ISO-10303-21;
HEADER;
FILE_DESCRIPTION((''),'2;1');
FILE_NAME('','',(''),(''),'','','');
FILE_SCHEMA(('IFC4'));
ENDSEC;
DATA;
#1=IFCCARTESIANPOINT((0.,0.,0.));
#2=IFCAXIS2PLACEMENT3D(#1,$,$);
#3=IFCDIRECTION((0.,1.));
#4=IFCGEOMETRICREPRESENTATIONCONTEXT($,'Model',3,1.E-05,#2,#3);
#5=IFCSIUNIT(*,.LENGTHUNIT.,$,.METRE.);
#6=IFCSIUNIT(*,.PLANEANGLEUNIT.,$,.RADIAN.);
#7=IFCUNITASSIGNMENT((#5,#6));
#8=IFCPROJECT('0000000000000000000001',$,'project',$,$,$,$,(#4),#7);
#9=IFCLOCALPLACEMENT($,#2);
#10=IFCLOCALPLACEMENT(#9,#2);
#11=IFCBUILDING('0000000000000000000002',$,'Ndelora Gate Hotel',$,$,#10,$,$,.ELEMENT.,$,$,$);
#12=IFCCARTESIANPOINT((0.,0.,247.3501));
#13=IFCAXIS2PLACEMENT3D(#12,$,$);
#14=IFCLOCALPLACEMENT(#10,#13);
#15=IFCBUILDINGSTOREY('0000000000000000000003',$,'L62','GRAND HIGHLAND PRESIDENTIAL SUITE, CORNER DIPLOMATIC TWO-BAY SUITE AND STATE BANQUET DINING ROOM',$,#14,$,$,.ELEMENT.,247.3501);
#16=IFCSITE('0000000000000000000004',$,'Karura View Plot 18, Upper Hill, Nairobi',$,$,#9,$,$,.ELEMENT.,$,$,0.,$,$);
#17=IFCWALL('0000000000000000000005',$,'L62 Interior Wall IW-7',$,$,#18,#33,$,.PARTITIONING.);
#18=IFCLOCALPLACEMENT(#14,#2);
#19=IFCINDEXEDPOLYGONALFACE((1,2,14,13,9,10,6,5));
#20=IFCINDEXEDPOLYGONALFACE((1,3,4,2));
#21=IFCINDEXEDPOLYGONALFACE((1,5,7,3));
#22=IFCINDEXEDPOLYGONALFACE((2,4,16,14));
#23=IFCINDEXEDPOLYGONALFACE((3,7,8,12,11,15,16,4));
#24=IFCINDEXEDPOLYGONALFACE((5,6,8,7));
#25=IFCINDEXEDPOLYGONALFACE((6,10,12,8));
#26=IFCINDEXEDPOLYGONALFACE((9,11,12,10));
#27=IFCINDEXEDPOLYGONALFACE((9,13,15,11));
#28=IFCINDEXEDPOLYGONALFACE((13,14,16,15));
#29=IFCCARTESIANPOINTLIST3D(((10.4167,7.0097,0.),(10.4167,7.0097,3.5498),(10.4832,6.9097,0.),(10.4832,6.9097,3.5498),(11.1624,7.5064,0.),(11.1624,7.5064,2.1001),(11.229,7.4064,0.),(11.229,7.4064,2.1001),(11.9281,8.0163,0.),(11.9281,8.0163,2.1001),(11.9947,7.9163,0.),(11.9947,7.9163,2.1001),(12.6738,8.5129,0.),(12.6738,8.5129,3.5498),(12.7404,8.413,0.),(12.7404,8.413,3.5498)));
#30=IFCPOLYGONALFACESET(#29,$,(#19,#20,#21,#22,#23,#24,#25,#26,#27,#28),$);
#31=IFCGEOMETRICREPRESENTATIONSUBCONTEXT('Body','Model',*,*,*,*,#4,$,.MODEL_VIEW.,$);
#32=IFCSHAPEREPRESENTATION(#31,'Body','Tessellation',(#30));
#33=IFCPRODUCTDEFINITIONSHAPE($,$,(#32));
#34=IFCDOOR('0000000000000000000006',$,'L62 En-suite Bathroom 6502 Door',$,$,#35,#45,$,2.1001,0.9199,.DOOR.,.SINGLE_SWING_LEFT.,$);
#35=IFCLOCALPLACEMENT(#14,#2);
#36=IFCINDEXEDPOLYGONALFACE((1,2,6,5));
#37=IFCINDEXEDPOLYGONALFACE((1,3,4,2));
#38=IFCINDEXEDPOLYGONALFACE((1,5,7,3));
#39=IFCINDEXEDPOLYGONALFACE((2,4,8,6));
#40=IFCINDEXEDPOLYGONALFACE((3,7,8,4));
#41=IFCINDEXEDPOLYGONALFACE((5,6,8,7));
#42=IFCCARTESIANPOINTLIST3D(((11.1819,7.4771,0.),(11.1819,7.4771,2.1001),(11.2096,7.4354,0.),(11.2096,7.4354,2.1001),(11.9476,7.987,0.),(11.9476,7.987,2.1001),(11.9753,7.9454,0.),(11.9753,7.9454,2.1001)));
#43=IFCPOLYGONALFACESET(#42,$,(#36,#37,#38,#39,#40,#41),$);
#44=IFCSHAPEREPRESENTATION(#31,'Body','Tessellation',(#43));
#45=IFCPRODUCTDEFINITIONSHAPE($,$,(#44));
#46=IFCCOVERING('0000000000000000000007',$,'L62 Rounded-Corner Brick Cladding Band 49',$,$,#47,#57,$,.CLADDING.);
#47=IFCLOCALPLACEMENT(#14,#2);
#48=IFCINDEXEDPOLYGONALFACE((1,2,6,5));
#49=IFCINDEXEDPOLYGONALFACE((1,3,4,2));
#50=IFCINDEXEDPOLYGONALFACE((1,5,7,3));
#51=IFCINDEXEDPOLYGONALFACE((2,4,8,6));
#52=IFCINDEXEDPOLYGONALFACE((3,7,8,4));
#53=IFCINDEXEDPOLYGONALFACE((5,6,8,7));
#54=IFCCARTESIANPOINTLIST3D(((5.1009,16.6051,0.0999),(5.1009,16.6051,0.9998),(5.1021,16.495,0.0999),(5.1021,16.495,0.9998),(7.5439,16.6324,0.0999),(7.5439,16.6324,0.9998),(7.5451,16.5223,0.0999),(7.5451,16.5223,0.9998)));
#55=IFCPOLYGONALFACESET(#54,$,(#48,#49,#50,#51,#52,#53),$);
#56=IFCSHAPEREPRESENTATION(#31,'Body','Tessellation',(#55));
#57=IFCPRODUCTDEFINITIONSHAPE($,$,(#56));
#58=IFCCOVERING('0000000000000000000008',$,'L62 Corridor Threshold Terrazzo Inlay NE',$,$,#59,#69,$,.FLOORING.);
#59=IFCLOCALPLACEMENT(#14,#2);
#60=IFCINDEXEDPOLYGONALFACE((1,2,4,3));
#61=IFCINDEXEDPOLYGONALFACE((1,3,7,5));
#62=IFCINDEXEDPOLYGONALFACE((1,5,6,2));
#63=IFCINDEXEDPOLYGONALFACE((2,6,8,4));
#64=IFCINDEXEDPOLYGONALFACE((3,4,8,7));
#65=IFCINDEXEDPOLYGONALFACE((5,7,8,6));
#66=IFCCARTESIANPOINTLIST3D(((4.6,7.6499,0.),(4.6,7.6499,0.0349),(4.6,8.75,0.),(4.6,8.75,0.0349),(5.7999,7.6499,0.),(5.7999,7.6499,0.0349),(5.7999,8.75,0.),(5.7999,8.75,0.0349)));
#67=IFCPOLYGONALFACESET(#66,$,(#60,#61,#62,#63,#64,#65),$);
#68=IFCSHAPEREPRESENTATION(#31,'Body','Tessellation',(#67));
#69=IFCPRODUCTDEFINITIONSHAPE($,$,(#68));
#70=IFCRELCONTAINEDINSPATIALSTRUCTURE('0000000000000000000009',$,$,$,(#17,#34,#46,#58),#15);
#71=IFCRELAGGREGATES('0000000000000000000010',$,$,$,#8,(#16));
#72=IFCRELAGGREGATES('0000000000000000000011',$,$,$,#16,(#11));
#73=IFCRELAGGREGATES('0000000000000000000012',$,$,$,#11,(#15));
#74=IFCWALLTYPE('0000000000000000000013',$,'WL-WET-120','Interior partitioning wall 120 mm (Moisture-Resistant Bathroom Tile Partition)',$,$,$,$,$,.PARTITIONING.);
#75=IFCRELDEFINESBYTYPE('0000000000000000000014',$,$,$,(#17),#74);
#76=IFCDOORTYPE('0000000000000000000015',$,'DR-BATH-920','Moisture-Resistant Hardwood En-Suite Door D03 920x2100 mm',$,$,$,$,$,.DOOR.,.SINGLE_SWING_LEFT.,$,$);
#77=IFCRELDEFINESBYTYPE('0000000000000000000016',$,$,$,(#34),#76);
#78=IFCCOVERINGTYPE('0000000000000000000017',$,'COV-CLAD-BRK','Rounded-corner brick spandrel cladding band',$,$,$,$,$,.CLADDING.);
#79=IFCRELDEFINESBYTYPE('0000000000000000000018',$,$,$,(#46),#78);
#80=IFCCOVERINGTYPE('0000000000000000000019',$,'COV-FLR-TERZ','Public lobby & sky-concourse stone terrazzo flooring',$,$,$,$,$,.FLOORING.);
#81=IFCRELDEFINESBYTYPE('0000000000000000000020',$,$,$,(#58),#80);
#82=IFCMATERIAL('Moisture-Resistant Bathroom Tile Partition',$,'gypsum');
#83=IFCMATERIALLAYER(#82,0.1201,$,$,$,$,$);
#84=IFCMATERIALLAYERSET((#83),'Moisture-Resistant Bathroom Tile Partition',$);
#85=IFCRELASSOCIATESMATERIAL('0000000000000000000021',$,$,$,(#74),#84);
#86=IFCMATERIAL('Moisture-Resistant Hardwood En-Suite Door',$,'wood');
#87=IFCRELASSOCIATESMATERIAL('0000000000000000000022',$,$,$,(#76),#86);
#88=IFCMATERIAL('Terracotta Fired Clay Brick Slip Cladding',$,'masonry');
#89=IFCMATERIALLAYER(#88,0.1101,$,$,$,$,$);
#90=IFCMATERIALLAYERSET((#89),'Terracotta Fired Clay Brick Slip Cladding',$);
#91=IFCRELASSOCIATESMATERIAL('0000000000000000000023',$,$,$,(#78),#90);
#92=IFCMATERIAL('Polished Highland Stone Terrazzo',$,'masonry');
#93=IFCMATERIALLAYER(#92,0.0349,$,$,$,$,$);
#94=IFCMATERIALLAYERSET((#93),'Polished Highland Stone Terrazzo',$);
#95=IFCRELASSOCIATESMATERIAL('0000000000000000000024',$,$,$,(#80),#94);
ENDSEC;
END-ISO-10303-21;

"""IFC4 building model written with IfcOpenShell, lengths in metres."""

from ifc_helpers import new_model, si_unit, direction, frame, frame_2d, origin, origin_2d, place, context, subcontext, project, spatial, rectangle, extrude, material, layer, layer_set, type_object, element, fill, save


model = new_model("IFC4")

# Units and contexts
model_context = context("Model", 3, precision=1e-05, world=origin(), true_north=direction((0.0, 1.0)))
body_context = subcontext(model_context, "Body", "Model", "MODEL_VIEW")
ifc_project = project(units=[si_unit("LENGTHUNIT", "METRE"), si_unit("PLANEANGLEUNIT", "RADIAN")], contexts=[model_context])

# Site, building, storey
site_placement = place(None, origin())
site = spatial("IfcSite", under=ifc_project, at=site_placement, Name="Karura View Plot 18, Upper Hill, Nairobi", CompositionType="ELEMENT", RefElevation=0.0)
building_placement = place(site_placement, origin())
building = spatial("IfcBuilding", under=site, at=building_placement, Name="Ndelora Gate Hotel", CompositionType="ELEMENT")
storey_placement = place(building_placement, frame((0.0, 0.0, 247.3501)))
storey = spatial("IfcBuildingStorey", under=building, at=storey_placement, Name="L62", Description="GRAND HIGHLAND PRESIDENTIAL SUITE, CORNER DIPLOMATIC TWO-BAY SUITE AND STATE BANQUET DINING ROOM", CompositionType="ELEMENT", Elevation=247.3501)

# Wall, opening, door
ifc_material_1 = material(Name="Moisture-Resistant Bathroom Tile Partition", Category="gypsum")
ifc_layer_1 = layer(ifc_material_1, 0.1201)
ifc_layer_set_1 = layer_set([ifc_layer_1], Name="Moisture-Resistant Bathroom Tile Partition")
wall_type_1 = type_object("IfcWallType", Name="WL-WET-120", Description="Interior partitioning wall 120 mm (Moisture-Resistant Bathroom Tile Partition)", PredefinedType="PARTITIONING", material=ifc_layer_set_1)
wall_1_placement = place(storey_placement, frame((10.45, 6.9597, 0.0), z_axis=(0.0, 0.0, 1.0), x_axis=(0.832313, 0.554305, 0.0)))
wall_1 = element("IfcWall", 1, at=wall_1_placement, inside=storey, type_object=wall_type_1, Name="L62 Interior Wall IW-7", PredefinedType="PARTITIONING", context=body_context, shape_type="SweptSolid", body=[
    extrude(rectangle(XDim=2.7119, YDim=0.1201, at=frame_2d((1.356, 0.0))), origin(), (0.0, 0.0, 1.0), 3.5498),
])
opening_1_placement = place(wall_1_placement, frame((0.896, 0.0, 0.0)))
opening_1 = element("IfcOpeningElement", 2, at=opening_1_placement, cuts=wall_1, PredefinedType="OPENING", context=body_context, shape_type="SweptSolid", body=[
    extrude(rectangle(XDim=0.9199, YDim=2.1001, at=frame_2d((0.46, 1.05))), frame((0.0, 0.0701, 0.0), z_axis=(0.0, -1.0, 0.0), x_axis=(1.0, 0.0, 0.0)), (0.0, 0.0, 1.0), 0.1401),
])
ifc_material_2 = material(Name="Moisture-Resistant Hardwood En-Suite Door", Category="wood")
door_type_1 = type_object("IfcDoorType", Name="DR-BATH-920", Description="Moisture-Resistant Hardwood En-Suite Door D03 920x2100 mm", OperationType="SINGLE_SWING_LEFT", PredefinedType="DOOR", material=ifc_material_2)
door_1_placement = place(opening_1_placement, origin())
door_1 = element("IfcDoor", 3, at=door_1_placement, inside=storey, type_object=door_type_1, Name="L62 En-suite Bathroom 6502 Door", OperationType="SINGLE_SWING_LEFT", OverallHeight=2.1001, OverallWidth=0.9199, PredefinedType="DOOR", context=body_context, shape_type="SweptSolid", body=[
    extrude(rectangle(XDim=0.9199, YDim=2.1001, at=frame_2d((0.46, 1.05))), frame((0.0, 0.0249, 0.0), z_axis=(0.0, -1.0, 0.0), x_axis=(1.0, 0.0, 0.0)), (0.0, 0.0, 1.0), 0.05),
])
fill(opening_1, door_1)

# Coverings
ifc_material_3 = material(Name="Terracotta Fired Clay Brick Slip Cladding", Category="masonry")
ifc_layer_2 = layer(ifc_material_3, 0.1101)
ifc_layer_set_2 = layer_set([ifc_layer_2], Name="Terracotta Fired Clay Brick Slip Cladding")
covering_type_1 = type_object("IfcCoveringType", Name="COV-CLAD-BRK", Description="Rounded-corner brick spandrel cladding band", PredefinedType="CLADDING", material=ifc_layer_set_2)
covering_1_placement = place(storey_placement, frame((6.323, 16.5637, 0.0999), z_axis=(0.0, 0.0, 1.0), x_axis=(0.999938, 0.01117, 0.0)))
element("IfcCovering", 4, at=covering_1_placement, inside=storey, type_object=covering_type_1, Name="L62 Rounded-Corner Brick Cladding Band 49", PredefinedType="CLADDING", context=body_context, shape_type="SweptSolid", body=[
    extrude(rectangle(XDim=2.4431, YDim=0.1101, at=origin_2d()), origin(), (0.0, 0.0, 1.0), 0.8999),
])
ifc_material_4 = material(Name="Polished Highland Stone Terrazzo", Category="masonry")
ifc_layer_3 = layer(ifc_material_4, 0.0349)
ifc_layer_set_3 = layer_set([ifc_layer_3], Name="Polished Highland Stone Terrazzo")
covering_type_2 = type_object("IfcCoveringType", Name="COV-FLR-TERZ", Description="Public lobby & sky-concourse stone terrazzo flooring", PredefinedType="FLOORING", material=ifc_layer_set_3)
covering_2_placement = place(storey_placement, frame((5.2, 8.2, 0.0), z_axis=(0.0, 0.0, 1.0), x_axis=(1.0, 0.0, 0.0)))
element("IfcCovering", 5, at=covering_2_placement, inside=storey, type_object=covering_type_2, Name="L62 Corridor Threshold Terrazzo Inlay NE", PredefinedType="FLOORING", context=body_context, shape_type="SweptSolid", body=[
    extrude(rectangle(XDim=1.2, YDim=1.1001, at=origin_2d()), origin(), (0.0, 0.0, 1.0), 0.0349),
])

save(model, "model.ifc")
